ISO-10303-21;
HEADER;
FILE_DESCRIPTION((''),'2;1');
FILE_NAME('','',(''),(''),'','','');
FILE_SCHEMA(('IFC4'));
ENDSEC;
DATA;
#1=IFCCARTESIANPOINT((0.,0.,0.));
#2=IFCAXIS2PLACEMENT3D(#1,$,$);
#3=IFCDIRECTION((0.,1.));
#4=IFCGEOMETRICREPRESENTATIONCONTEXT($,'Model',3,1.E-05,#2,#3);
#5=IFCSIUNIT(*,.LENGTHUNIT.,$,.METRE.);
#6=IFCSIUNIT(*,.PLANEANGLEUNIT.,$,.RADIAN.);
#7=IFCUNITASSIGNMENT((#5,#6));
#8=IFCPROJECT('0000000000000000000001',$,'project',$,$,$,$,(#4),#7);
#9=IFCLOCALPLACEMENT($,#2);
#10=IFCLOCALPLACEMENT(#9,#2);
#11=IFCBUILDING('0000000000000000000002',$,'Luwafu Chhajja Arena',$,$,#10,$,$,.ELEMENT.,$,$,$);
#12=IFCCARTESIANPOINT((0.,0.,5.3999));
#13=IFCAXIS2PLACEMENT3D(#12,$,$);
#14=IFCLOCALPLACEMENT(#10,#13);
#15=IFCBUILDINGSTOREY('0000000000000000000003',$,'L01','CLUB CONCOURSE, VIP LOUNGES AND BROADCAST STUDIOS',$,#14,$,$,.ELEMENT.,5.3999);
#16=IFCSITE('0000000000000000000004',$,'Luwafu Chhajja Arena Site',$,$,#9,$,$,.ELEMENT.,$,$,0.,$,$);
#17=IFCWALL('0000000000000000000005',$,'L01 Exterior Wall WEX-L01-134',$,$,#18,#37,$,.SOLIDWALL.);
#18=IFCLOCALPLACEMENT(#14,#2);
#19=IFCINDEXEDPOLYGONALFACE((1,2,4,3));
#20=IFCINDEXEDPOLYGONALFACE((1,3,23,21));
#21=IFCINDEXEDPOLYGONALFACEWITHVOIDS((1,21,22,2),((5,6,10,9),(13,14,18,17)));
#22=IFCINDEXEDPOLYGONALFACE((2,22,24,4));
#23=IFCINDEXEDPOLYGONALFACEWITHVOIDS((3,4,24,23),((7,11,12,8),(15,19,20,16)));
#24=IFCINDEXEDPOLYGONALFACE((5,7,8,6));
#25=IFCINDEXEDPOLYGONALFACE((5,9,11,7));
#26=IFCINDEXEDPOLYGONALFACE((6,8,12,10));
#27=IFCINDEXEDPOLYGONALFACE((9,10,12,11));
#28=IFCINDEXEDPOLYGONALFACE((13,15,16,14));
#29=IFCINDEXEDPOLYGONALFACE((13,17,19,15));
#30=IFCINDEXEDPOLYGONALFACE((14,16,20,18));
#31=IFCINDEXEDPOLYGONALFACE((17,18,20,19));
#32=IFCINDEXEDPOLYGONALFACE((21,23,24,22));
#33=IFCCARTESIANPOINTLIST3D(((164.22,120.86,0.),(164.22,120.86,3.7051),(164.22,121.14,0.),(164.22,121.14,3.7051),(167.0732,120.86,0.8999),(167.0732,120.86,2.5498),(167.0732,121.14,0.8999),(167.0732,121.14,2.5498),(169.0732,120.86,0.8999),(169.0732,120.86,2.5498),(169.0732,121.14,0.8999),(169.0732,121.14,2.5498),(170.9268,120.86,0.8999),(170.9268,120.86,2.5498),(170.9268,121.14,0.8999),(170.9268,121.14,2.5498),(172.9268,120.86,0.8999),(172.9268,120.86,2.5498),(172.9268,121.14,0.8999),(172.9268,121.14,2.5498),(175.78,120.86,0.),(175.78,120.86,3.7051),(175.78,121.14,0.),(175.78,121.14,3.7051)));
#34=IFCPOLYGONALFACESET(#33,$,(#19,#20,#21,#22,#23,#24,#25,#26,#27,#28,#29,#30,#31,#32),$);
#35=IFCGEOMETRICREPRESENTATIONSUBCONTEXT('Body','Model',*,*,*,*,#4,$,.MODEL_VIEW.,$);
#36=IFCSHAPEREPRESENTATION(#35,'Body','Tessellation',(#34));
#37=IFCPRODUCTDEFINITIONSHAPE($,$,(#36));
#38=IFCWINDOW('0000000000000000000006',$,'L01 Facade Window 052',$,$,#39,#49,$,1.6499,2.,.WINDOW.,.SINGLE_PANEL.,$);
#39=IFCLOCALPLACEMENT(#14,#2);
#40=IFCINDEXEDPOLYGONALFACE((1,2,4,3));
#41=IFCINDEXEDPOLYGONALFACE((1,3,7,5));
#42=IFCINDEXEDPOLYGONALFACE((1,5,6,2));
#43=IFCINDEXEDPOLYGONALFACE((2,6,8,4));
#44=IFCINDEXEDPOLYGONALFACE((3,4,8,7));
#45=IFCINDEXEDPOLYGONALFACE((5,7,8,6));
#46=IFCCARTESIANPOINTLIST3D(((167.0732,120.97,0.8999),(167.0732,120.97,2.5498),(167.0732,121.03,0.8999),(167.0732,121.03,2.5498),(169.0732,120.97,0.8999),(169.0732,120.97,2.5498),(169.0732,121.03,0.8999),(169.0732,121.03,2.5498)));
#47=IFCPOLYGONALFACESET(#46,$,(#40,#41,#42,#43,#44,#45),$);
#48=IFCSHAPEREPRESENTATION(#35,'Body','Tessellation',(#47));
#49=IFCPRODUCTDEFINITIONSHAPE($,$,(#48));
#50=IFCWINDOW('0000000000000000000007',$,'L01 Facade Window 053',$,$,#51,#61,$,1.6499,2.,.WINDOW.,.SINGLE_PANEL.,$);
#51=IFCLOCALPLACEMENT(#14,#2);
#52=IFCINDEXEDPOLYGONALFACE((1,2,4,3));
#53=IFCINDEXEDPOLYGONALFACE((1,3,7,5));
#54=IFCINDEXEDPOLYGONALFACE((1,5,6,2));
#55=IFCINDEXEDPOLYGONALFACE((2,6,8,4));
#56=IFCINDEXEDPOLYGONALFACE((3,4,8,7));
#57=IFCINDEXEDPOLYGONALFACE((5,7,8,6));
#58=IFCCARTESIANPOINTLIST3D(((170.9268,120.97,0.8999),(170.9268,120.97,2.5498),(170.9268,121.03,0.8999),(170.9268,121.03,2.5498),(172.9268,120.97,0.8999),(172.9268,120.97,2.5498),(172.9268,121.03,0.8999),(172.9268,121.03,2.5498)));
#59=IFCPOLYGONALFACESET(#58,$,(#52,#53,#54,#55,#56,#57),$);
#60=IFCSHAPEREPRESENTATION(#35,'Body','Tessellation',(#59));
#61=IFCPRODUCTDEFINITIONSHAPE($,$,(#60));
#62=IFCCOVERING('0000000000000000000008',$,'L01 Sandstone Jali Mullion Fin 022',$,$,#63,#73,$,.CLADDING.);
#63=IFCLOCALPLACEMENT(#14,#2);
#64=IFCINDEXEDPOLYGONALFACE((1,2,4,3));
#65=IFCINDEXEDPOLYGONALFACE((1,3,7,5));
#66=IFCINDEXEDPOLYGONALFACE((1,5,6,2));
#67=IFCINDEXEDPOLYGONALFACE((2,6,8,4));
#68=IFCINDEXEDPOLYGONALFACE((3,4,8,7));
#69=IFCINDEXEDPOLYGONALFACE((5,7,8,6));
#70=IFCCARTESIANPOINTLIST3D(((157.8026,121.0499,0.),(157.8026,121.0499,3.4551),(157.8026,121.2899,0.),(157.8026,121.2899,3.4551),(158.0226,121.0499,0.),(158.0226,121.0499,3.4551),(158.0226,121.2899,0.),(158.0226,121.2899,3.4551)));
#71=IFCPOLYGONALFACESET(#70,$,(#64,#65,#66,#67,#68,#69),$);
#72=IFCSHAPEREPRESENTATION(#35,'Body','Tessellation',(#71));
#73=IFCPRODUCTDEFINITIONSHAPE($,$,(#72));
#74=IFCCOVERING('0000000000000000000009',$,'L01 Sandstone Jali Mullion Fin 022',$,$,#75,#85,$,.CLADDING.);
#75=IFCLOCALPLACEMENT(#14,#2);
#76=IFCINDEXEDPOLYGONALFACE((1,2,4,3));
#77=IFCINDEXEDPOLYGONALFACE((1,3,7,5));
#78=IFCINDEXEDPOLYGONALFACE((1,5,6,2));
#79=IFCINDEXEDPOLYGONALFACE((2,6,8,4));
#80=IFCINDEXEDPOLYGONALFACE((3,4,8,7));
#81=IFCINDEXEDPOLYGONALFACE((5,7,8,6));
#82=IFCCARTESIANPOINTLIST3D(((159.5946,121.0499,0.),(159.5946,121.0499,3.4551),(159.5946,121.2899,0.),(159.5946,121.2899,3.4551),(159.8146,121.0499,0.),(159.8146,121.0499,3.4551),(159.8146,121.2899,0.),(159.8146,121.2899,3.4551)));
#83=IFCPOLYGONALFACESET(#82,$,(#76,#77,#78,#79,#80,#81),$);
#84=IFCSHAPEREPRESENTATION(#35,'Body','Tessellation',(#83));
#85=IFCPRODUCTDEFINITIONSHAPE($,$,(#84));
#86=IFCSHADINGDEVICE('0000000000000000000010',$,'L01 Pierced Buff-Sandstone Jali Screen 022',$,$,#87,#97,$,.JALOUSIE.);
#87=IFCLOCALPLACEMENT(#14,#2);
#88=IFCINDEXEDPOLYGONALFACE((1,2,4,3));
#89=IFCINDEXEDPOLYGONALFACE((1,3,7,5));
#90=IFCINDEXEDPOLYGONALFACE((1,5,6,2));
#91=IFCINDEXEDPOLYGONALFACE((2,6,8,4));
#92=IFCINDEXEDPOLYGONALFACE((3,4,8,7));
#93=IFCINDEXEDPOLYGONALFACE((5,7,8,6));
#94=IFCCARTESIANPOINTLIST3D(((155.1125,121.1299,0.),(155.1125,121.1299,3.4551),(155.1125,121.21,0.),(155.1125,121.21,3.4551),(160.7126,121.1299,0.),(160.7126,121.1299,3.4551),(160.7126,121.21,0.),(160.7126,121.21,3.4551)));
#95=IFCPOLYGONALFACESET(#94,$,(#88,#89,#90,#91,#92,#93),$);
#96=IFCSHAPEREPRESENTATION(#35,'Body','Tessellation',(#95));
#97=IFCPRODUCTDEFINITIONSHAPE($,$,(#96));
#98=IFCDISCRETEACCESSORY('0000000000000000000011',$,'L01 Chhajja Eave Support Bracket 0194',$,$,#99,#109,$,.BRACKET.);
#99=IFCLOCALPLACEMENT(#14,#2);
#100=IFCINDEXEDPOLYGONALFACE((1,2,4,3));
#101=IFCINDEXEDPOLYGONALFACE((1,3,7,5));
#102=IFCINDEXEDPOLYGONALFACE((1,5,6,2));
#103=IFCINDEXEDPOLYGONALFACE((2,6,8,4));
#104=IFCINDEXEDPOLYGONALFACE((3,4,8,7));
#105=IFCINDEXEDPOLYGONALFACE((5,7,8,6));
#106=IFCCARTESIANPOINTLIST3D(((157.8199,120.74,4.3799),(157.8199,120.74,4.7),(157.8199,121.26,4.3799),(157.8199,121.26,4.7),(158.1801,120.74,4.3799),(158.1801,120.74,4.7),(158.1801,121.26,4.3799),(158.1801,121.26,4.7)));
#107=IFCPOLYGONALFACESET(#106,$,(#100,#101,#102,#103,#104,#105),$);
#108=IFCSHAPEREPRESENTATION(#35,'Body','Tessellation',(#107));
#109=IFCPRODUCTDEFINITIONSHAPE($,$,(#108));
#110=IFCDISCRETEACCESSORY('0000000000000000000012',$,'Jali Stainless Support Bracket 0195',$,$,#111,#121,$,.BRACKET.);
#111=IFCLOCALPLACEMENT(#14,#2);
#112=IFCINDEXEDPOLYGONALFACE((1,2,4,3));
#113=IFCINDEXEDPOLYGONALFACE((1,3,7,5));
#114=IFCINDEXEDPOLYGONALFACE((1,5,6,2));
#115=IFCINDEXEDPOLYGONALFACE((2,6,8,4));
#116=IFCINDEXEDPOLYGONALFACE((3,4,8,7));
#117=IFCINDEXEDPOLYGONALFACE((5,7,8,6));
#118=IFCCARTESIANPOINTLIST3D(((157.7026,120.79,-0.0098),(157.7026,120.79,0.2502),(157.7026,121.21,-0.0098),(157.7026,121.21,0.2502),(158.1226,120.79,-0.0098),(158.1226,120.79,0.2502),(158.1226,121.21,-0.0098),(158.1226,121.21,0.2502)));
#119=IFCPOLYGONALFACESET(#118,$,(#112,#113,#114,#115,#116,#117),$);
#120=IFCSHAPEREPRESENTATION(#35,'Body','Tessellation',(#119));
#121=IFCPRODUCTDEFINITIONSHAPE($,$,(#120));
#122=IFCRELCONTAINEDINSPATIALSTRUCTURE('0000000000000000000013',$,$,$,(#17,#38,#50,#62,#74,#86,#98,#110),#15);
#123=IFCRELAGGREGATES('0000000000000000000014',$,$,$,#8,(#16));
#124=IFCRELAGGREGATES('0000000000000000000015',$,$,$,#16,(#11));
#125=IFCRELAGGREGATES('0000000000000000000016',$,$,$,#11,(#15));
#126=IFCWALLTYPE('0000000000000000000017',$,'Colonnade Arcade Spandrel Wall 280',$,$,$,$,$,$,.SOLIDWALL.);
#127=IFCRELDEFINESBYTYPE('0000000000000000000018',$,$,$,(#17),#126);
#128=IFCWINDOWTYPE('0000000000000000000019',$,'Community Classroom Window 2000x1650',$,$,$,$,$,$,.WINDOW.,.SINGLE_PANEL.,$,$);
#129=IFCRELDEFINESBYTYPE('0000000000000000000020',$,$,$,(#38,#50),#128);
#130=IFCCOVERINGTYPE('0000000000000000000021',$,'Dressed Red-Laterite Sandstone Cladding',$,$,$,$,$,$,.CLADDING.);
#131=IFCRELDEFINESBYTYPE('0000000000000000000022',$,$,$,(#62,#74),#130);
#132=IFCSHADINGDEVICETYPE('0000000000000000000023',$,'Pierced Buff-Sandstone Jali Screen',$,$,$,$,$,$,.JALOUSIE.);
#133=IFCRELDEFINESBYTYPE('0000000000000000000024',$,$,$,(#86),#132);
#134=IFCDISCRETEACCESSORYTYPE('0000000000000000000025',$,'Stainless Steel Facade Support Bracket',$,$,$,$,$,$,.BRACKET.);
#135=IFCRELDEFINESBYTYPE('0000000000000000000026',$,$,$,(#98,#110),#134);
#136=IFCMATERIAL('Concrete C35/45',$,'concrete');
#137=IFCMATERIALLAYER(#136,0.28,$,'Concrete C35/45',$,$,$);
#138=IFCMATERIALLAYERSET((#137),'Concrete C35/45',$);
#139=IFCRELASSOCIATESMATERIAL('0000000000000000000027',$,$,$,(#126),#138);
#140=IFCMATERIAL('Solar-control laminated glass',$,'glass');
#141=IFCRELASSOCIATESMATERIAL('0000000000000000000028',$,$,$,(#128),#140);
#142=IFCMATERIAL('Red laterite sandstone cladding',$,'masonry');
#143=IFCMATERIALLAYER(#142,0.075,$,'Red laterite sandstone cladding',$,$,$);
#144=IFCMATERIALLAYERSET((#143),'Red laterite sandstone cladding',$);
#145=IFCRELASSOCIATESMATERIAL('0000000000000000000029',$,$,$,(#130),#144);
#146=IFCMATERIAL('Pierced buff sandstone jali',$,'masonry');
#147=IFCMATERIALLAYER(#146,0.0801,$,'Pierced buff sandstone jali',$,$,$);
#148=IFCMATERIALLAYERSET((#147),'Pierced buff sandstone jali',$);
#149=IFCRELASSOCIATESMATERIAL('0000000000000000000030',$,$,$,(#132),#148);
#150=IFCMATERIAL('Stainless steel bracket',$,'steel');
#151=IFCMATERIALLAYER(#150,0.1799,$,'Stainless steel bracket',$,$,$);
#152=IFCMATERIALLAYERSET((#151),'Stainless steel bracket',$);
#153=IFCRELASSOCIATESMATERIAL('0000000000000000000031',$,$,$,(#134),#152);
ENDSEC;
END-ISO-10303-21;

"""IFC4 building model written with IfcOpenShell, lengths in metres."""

from ifc_helpers import new_model, si_unit, direction, frame, frame_2d, origin, origin_2d, place, context, subcontext, project, spatial, rectangle, extrude, material, layer, layer_set, type_object, element, fill, save


model = new_model("IFC4")

# Units and contexts
model_context = context("Model", 3, precision=1e-05, world=origin(), true_north=direction((0.0, 1.0)))
body_context = subcontext(model_context, "Body", "Model", "MODEL_VIEW")
ifc_project = project(units=[si_unit("LENGTHUNIT", "METRE"), si_unit("PLANEANGLEUNIT", "RADIAN")], contexts=[model_context])

# Site, building, storey
site_placement = place(None, origin())
site = spatial("IfcSite", under=ifc_project, at=site_placement, Name="Luwafu Chhajja Arena Site", CompositionType="ELEMENT", RefElevation=0.0)
building_placement = place(site_placement, origin())
building = spatial("IfcBuilding", under=site, at=building_placement, Name="Luwafu Chhajja Arena", CompositionType="ELEMENT")
storey_placement = place(building_placement, frame((0.0, 0.0, 5.3999)))
storey = spatial("IfcBuildingStorey", under=building, at=storey_placement, Name="L01", Description="CLUB CONCOURSE, VIP LOUNGES AND BROADCAST STUDIOS", CompositionType="ELEMENT", Elevation=5.3999)

# Shared definitions
ifc_material_1 = material(Name="Concrete C35/45", Category="concrete")

# Shared definitions
ifc_material_2 = material(Name="Solar-control laminated glass", Category="glass")

# Wall, openings, windows
ifc_layer_1 = layer(ifc_material_1, 0.28, Name="Concrete C35/45")
ifc_layer_set_1 = layer_set([ifc_layer_1], Name="Concrete C35/45")
wall_type = type_object("IfcWallType", Name="Colonnade Arcade Spandrel Wall 280", PredefinedType="SOLIDWALL", material=ifc_layer_set_1)
wall_placement = place(storey_placement, frame((164.22, 121.0, 0.0), z_axis=(0.0, 0.0, 1.0), x_axis=(1.0, 0.0, 0.0)))
wall = element("IfcWall", 1, at=wall_placement, inside=storey, type_object=wall_type, Name="L01 Exterior Wall WEX-L01-134", PredefinedType="SOLIDWALL", context=body_context, shape_type="SweptSolid", body=[
    extrude(rectangle(XDim=11.5601, YDim=0.28, at=frame_2d((5.78, 0.0))), origin(), (0.0, 0.0, 1.0), 3.7051),
])
opening_1_placement = place(wall_placement, frame((2.8533, 0.0, 0.8999)))
opening_1 = element("IfcOpeningElement", 2, at=opening_1_placement, cuts=wall, PredefinedType="OPENING", context=body_context, shape_type="SweptSolid", body=[
    extrude(rectangle(XDim=2.0, YDim=1.6499, at=frame_2d((1.0, 0.825))), frame((0.0, 0.1499, 0.0), z_axis=(0.0, -1.0, 0.0), x_axis=(1.0, 0.0, 0.0)), (0.0, 0.0, 1.0), 0.3),
])
opening_2_placement = place(wall_placement, frame((6.7068, 0.0, 0.8999)))
opening_2 = element("IfcOpeningElement", 3, at=opening_2_placement, cuts=wall, PredefinedType="OPENING", context=body_context, shape_type="SweptSolid", body=[
    extrude(rectangle(XDim=2.0, YDim=1.6499, at=frame_2d((1.0, 0.825))), frame((0.0, 0.1499, 0.0), z_axis=(0.0, -1.0, 0.0), x_axis=(1.0, 0.0, 0.0)), (0.0, 0.0, 1.0), 0.3),
])
window_type = type_object("IfcWindowType", Name="Community Classroom Window 2000x1650", PartitioningType="SINGLE_PANEL", PredefinedType="WINDOW", material=ifc_material_2)
window_1_placement = place(opening_1_placement, origin())
window_1 = element("IfcWindow", 4, at=window_1_placement, inside=storey, type_object=window_type, Name="L01 Facade Window 052", OverallHeight=1.6499, OverallWidth=2.0, PartitioningType="SINGLE_PANEL", PredefinedType="WINDOW", context=body_context, shape_type="SweptSolid", body=[
    extrude(rectangle(XDim=2.0, YDim=1.6499, at=frame_2d((1.0, 0.825))), frame((0.0, 0.03, 0.0), z_axis=(0.0, -1.0, 0.0), x_axis=(1.0, 0.0, 0.0)), (0.0, 0.0, 1.0), 0.0601),
])
fill(opening_1, window_1)
window_2_placement = place(opening_2_placement, origin())
window_2 = element("IfcWindow", 5, at=window_2_placement, inside=storey, type_object=window_type, Name="L01 Facade Window 053", OverallHeight=1.6499, OverallWidth=2.0, PartitioningType="SINGLE_PANEL", PredefinedType="WINDOW", context=body_context, shape_type="SweptSolid", body=[
    extrude(rectangle(XDim=2.0, YDim=1.6499, at=frame_2d((1.0, 0.825))), frame((0.0, 0.03, 0.0), z_axis=(0.0, -1.0, 0.0), x_axis=(1.0, 0.0, 0.0)), (0.0, 0.0, 1.0), 0.0601),
])
fill(opening_2, window_2)

# Coverings
ifc_material_3 = material(Name="Red laterite sandstone cladding", Category="masonry")
ifc_layer_2 = layer(ifc_material_3, 0.075, Name="Red laterite sandstone cladding")
ifc_layer_set_2 = layer_set([ifc_layer_2], Name="Red laterite sandstone cladding")
covering_type = type_object("IfcCoveringType", Name="Dressed Red-Laterite Sandstone Cladding", PredefinedType="CLADDING", material=ifc_layer_set_2)
for number, where, z_axis, x_axis, name in (
    (6, (157.9126, 121.1699, 0.0), (0.0, 0.0, 1.0), (1.0, 0.0, 0.0), "L01 Sandstone Jali Mullion Fin 022"),
    (7, (159.7046, 121.1699, 0.0), (0.0, 0.0, 1.0), (1.0, 0.0, 0.0), "L01 Sandstone Jali Mullion Fin 022"),
):
    element("IfcCovering", number, at=place(storey_placement, frame(where, z_axis=z_axis, x_axis=x_axis)), inside=storey, type_object=covering_type, Name=name, PredefinedType="CLADDING", context=body_context, shape_type="SweptSolid", body=[
        extrude(rectangle(XDim=0.22, YDim=0.24, at=origin_2d()), origin(), (0.0, 0.0, 1.0), 3.4551),
    ])

# Shading device
ifc_material_4 = material(Name="Pierced buff sandstone jali", Category="masonry")
ifc_layer_3 = layer(ifc_material_4, 0.0801, Name="Pierced buff sandstone jali")
ifc_layer_set_3 = layer_set([ifc_layer_3], Name="Pierced buff sandstone jali")
shading_device_type = type_object("IfcShadingDeviceType", Name="Pierced Buff-Sandstone Jali Screen", PredefinedType="JALOUSIE", material=ifc_layer_set_3)
shading_device_placement = place(storey_placement, frame((157.9126, 121.1699, 0.0), z_axis=(0.0, 0.0, 1.0), x_axis=(1.0, 0.0, 0.0)))
element("IfcShadingDevice", 8, at=shading_device_placement, inside=storey, type_object=shading_device_type, Name="L01 Pierced Buff-Sandstone Jali Screen 022", PredefinedType="JALOUSIE", context=body_context, shape_type="SweptSolid", body=[
    extrude(rectangle(XDim=5.6001, YDim=0.0801, at=origin_2d()), origin(), (0.0, 0.0, 1.0), 3.4551),
])

# Discrete accessories
ifc_material_5 = material(Name="Stainless steel bracket", Category="steel")
ifc_layer_4 = layer(ifc_material_5, 0.1799, Name="Stainless steel bracket")
ifc_layer_set_4 = layer_set([ifc_layer_4], Name="Stainless steel bracket")
discrete_accessory_type = type_object("IfcDiscreteAccessoryType", Name="Stainless Steel Facade Support Bracket", PredefinedType="BRACKET", material=ifc_layer_set_4)
discrete_accessory_1_placement = place(storey_placement, frame((158.0, 121.0, 4.3799), z_axis=(0.0, 0.0, 1.0), x_axis=(1.0, 0.0, 0.0)))
element("IfcDiscreteAccessory", 9, at=discrete_accessory_1_placement, inside=storey, type_object=discrete_accessory_type, Name="L01 Chhajja Eave Support Bracket 0194", PredefinedType="BRACKET", context=body_context, shape_type="SweptSolid", body=[
    extrude(rectangle(XDim=0.3601, YDim=0.52, at=origin_2d()), origin(), (0.0, 0.0, 1.0), 0.3201),
])
discrete_accessory_2_placement = place(storey_placement, frame((157.9126, 121.0, -0.0098), z_axis=(0.0, 0.0, 1.0), x_axis=(1.0, 0.0, 0.0)))
element("IfcDiscreteAccessory", 10, at=discrete_accessory_2_placement, inside=storey, type_object=discrete_accessory_type, Name="Jali Stainless Support Bracket 0195", PredefinedType="BRACKET", context=body_context, shape_type="SweptSolid", body=[
    extrude(rectangle(XDim=0.4199, YDim=0.4199, at=origin_2d()), origin(), (0.0, 0.0, 1.0), 0.26),
])

save(model, "model.ifc")
